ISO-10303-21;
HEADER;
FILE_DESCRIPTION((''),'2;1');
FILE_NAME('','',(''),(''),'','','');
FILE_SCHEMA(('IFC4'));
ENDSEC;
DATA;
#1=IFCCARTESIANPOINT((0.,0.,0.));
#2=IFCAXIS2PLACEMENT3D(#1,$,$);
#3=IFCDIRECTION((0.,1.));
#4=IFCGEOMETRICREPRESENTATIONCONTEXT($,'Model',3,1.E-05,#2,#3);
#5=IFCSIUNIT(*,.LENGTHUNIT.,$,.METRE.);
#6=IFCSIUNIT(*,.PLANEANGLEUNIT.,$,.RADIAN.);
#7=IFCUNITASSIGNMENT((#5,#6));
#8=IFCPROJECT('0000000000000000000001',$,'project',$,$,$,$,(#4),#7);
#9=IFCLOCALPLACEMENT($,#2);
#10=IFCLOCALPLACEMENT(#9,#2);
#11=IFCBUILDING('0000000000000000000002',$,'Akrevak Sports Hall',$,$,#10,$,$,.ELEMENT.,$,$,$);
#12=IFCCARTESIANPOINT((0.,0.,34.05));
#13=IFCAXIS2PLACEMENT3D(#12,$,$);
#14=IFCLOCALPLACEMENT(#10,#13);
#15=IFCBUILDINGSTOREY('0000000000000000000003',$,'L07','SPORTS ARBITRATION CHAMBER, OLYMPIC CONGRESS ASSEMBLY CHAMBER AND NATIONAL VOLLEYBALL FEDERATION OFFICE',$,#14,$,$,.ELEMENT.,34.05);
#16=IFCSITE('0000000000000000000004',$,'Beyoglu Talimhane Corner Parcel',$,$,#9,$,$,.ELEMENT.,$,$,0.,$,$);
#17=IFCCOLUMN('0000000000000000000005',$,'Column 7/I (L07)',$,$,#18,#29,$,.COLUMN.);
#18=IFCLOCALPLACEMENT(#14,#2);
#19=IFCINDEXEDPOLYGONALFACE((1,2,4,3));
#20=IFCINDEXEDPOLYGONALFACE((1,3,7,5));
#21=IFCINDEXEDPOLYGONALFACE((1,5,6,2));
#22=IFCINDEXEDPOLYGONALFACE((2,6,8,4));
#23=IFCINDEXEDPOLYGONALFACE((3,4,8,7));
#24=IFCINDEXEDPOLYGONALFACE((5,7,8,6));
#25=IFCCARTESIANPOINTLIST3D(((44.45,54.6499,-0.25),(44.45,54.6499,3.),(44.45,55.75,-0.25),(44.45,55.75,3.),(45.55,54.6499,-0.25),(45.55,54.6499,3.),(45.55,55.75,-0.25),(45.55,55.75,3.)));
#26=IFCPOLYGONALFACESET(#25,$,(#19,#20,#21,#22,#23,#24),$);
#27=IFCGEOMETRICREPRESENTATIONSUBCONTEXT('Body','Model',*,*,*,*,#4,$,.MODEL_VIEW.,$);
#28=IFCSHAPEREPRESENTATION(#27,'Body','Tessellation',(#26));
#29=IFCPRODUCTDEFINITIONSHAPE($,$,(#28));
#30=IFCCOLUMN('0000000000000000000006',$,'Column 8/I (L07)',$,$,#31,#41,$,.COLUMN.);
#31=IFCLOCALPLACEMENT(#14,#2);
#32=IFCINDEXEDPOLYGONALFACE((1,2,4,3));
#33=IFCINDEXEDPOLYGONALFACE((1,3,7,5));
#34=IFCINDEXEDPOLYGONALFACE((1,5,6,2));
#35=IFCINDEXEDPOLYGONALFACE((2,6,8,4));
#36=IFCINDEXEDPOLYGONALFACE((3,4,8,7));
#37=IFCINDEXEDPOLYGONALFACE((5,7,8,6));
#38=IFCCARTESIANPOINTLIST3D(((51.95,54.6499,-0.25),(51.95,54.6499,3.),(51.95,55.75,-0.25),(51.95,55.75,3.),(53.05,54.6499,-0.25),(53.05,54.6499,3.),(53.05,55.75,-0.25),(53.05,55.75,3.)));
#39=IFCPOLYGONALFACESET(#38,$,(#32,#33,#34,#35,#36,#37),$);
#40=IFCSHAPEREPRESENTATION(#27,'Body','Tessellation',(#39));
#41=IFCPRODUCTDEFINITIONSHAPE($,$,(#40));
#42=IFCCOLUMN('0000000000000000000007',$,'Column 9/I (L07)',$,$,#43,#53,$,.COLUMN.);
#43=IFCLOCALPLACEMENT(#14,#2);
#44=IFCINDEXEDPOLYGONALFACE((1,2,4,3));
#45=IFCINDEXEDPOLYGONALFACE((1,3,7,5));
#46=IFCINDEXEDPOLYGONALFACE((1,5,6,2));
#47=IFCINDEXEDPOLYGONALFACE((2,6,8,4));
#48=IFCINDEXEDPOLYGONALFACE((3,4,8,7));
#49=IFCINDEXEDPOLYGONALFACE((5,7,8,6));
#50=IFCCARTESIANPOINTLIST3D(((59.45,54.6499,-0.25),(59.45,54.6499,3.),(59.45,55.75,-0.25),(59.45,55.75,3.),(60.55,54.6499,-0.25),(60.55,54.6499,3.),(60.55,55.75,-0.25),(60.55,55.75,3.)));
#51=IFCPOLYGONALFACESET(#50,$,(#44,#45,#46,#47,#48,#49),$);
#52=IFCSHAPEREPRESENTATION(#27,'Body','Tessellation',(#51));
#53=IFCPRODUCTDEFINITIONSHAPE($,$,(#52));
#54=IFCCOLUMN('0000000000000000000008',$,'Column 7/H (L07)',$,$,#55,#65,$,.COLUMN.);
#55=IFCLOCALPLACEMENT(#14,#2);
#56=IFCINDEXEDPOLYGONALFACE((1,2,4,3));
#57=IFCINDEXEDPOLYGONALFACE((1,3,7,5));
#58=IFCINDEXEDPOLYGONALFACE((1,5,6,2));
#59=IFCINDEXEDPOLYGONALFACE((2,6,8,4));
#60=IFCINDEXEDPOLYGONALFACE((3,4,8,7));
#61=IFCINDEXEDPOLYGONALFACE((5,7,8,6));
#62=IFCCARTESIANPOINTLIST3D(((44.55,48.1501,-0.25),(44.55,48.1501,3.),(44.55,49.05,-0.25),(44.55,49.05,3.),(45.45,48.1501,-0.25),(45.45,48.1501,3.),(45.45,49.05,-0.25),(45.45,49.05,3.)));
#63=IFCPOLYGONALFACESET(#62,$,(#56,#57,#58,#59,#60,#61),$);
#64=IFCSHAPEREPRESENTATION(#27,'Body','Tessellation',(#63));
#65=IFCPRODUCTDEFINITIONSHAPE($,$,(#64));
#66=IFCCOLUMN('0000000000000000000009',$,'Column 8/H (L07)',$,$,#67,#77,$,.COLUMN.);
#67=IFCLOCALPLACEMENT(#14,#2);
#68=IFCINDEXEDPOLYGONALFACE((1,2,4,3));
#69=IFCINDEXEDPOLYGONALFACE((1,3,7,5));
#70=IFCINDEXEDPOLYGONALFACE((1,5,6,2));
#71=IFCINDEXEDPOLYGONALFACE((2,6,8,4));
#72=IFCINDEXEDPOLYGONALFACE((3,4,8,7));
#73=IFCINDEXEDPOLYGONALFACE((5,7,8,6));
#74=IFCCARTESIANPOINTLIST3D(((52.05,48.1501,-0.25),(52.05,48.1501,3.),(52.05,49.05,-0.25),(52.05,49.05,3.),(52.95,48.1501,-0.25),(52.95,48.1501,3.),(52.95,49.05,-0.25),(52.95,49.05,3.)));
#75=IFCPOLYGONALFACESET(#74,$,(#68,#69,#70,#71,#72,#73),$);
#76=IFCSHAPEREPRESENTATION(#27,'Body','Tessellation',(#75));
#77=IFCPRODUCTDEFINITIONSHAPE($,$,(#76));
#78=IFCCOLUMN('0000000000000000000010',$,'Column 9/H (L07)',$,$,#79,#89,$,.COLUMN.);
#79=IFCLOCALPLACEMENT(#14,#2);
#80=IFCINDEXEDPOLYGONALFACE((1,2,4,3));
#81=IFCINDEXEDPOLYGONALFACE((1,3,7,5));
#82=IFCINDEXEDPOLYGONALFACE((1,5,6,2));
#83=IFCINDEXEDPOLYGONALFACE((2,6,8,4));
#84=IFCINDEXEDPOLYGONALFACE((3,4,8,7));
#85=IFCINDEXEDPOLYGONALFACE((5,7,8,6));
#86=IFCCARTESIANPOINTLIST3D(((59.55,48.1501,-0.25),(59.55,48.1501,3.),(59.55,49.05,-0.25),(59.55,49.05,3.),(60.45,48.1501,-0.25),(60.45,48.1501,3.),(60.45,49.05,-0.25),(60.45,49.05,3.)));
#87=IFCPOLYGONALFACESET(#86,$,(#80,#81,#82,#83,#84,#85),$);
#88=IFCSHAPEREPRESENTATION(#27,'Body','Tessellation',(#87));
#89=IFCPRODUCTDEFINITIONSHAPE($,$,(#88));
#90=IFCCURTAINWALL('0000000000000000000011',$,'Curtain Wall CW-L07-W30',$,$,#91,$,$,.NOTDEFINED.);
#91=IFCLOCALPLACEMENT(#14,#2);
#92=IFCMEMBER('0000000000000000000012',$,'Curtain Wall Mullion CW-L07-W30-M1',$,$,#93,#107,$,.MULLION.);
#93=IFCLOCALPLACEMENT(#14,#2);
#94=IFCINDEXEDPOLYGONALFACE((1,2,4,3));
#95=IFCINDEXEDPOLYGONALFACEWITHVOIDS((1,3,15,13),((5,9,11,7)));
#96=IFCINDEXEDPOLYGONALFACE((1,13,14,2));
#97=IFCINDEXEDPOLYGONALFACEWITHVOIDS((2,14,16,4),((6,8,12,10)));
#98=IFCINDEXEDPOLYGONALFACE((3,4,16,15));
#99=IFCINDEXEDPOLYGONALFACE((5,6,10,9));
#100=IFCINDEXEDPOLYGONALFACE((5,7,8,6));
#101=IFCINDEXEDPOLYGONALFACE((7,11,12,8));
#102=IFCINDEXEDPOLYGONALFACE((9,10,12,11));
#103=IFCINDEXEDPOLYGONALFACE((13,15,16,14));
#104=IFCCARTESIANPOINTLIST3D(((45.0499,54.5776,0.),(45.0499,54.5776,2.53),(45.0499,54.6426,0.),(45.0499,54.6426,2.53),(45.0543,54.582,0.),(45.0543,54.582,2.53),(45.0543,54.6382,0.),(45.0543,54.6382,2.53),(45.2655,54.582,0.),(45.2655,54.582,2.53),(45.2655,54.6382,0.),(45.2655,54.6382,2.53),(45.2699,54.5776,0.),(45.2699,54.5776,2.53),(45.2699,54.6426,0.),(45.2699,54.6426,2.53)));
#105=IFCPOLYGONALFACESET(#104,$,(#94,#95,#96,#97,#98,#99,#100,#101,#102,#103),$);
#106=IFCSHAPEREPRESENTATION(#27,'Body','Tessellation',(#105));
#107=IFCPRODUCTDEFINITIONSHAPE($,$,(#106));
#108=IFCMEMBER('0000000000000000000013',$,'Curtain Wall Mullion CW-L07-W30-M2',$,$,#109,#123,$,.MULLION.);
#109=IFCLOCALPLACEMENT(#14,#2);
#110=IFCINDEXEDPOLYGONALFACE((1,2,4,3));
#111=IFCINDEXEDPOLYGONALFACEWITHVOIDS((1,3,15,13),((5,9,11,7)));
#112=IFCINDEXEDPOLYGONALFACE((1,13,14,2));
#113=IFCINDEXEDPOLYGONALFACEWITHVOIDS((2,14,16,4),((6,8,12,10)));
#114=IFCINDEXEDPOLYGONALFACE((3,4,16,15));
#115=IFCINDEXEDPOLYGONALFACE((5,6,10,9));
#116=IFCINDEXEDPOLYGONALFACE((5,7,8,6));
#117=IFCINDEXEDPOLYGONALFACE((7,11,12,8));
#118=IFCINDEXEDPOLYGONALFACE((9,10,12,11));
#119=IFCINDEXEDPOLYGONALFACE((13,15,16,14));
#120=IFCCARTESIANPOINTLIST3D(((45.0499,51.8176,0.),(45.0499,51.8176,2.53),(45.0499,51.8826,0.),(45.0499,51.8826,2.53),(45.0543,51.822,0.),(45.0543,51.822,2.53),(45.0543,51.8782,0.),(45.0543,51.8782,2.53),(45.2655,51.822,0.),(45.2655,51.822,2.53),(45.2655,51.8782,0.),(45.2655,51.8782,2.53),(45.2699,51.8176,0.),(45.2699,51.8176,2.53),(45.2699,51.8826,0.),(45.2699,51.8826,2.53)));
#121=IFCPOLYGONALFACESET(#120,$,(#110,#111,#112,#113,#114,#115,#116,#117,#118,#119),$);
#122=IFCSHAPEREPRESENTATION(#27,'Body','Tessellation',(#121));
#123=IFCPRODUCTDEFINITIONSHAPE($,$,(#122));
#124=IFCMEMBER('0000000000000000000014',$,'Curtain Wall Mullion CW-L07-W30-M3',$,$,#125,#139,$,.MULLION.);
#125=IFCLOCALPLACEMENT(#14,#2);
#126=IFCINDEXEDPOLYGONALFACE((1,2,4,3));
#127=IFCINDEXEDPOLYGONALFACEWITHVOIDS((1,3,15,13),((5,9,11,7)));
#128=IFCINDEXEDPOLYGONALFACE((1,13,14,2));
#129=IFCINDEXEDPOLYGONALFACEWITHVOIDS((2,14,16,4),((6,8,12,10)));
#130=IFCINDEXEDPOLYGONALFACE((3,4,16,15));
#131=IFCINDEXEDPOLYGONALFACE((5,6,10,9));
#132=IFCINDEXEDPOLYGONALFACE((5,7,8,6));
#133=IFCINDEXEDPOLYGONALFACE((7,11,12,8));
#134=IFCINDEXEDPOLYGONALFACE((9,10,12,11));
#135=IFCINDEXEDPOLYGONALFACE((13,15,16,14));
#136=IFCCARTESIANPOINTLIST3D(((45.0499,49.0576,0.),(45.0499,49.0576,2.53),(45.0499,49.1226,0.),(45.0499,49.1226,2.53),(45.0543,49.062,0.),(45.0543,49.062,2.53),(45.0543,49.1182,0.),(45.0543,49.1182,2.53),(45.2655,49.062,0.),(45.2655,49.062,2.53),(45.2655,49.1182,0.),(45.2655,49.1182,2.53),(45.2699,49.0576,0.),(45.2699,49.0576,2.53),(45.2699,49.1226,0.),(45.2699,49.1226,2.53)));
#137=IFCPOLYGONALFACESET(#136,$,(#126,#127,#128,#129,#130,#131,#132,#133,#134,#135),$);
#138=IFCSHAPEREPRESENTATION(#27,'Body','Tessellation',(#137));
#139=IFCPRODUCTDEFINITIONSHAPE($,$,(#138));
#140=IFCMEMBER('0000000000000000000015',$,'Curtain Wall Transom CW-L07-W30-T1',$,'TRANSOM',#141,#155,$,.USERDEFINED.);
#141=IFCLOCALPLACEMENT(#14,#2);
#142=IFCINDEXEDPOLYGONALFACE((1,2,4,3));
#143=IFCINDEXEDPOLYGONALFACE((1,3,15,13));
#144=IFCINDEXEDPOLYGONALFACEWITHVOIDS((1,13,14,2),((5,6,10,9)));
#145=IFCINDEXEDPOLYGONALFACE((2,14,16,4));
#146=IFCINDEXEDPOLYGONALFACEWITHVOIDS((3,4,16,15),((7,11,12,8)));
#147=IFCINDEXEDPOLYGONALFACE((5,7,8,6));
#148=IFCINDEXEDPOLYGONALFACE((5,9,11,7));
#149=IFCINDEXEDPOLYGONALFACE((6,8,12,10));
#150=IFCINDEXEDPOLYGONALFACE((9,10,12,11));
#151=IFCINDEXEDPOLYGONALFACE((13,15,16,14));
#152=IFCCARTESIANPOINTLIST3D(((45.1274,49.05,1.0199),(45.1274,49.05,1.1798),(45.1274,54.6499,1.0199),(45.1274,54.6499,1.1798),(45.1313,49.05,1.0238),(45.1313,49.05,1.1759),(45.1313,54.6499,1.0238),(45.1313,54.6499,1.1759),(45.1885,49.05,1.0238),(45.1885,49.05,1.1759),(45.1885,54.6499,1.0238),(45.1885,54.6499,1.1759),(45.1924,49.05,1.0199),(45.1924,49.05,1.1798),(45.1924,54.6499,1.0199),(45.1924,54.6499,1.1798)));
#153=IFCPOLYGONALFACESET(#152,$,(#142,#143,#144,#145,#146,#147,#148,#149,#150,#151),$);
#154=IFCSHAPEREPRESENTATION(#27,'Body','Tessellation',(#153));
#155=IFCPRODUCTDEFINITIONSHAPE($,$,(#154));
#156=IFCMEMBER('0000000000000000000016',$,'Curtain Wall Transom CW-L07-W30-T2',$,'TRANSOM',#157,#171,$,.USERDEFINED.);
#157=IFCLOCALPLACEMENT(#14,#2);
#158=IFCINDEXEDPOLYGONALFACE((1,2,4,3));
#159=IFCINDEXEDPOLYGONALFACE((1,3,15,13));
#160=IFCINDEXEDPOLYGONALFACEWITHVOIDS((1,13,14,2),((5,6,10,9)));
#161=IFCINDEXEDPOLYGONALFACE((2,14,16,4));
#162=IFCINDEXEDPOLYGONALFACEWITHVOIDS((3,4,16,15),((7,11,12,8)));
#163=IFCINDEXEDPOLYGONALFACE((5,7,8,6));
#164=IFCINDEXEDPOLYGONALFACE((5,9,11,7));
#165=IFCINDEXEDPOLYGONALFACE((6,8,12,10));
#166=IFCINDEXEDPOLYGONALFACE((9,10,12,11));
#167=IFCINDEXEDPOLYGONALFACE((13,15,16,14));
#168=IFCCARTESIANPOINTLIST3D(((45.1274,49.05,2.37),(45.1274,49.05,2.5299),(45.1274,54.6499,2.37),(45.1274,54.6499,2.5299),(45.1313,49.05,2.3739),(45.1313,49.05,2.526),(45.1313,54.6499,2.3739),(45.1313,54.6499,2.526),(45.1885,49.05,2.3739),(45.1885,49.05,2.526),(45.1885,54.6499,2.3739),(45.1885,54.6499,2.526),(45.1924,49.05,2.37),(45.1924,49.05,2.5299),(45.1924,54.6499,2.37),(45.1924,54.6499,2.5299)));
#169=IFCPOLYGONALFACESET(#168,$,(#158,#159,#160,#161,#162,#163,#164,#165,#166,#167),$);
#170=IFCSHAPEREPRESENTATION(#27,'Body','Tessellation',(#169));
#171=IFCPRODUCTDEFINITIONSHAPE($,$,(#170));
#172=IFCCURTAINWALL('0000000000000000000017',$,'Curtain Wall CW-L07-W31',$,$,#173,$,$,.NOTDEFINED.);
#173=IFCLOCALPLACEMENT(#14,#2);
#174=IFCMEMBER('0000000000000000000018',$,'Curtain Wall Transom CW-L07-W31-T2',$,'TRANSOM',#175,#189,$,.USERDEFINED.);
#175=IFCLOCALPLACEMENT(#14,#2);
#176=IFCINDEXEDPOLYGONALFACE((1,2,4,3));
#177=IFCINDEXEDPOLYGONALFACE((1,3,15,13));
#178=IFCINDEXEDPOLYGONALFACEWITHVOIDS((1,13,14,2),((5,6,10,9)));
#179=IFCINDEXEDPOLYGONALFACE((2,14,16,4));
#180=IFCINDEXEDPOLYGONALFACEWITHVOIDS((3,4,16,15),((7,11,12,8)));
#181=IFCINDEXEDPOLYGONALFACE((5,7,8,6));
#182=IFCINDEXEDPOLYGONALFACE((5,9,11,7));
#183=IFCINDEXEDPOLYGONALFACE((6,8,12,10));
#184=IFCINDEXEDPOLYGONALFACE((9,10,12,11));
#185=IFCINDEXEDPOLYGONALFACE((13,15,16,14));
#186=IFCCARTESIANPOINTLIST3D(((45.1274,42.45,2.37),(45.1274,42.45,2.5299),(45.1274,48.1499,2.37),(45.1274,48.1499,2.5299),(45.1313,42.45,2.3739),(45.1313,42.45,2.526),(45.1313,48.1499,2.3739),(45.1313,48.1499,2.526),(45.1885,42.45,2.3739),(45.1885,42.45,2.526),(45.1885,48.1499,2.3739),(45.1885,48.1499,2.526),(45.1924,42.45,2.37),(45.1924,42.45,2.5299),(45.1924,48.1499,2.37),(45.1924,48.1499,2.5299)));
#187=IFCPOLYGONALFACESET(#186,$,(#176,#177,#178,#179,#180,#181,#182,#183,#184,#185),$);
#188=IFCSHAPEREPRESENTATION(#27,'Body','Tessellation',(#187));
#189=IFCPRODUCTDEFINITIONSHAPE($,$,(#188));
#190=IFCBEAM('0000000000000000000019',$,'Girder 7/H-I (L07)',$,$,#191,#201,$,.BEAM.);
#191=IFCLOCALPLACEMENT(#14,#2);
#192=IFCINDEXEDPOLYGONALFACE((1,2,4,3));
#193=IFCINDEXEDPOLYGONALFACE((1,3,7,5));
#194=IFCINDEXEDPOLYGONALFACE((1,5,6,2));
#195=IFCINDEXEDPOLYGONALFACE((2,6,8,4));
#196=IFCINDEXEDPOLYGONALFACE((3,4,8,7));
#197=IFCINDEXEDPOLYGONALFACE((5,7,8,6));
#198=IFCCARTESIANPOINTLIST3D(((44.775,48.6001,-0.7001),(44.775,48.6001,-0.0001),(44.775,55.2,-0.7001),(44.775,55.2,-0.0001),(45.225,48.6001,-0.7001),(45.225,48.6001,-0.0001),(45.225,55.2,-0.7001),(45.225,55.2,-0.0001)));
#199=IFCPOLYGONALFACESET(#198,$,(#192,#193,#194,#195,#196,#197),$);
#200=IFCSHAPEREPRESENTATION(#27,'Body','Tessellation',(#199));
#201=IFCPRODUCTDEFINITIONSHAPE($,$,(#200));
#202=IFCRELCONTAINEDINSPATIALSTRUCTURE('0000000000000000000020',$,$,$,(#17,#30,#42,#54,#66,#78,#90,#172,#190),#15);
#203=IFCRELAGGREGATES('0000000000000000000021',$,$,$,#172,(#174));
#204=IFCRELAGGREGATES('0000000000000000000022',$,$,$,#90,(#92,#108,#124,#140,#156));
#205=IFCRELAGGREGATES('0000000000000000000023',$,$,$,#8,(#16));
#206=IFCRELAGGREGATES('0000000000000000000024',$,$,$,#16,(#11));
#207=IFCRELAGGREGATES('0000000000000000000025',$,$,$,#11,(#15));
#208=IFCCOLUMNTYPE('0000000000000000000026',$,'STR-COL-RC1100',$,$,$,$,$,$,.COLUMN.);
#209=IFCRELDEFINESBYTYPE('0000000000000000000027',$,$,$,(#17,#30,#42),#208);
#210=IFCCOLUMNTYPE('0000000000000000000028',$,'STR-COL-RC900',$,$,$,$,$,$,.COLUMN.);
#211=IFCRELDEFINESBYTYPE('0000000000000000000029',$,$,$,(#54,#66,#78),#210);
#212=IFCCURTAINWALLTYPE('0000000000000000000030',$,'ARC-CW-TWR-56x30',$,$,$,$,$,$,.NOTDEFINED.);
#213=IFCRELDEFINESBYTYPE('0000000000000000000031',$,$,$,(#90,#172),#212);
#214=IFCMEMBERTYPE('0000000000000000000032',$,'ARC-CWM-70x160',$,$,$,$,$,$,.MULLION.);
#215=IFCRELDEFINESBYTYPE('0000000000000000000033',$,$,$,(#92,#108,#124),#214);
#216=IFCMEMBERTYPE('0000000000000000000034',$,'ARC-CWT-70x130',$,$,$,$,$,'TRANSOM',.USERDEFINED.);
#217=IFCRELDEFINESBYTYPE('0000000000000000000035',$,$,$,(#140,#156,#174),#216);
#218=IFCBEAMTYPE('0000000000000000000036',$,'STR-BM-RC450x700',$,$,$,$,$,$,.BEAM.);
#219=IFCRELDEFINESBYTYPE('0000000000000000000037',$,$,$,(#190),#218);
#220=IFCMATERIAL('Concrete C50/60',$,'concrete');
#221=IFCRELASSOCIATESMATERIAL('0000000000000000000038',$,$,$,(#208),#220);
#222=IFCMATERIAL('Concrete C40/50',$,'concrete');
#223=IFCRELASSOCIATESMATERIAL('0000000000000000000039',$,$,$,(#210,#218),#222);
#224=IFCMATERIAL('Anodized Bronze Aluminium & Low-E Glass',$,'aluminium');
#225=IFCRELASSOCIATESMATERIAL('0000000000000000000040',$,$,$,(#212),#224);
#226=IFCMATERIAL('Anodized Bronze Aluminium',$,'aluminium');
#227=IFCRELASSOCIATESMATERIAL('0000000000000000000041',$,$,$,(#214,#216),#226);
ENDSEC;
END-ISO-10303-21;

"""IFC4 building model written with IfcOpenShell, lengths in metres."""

from ifc_helpers import new_model, si_unit, direction, frame, origin, origin_2d, place, context, subcontext, project, spatial, rectangle, hollow_rectangle, extrude, material, material_profile, profile_set, type_object, element, aggregate, save


model = new_model("IFC4")

# Units and contexts
model_context = context("Model", 3, precision=1e-05, world=origin(), true_north=direction((0.0, 1.0)))
body_context = subcontext(model_context, "Body", "Model", "MODEL_VIEW")
ifc_project = project(units=[si_unit("LENGTHUNIT", "METRE"), si_unit("PLANEANGLEUNIT", "RADIAN")], contexts=[model_context])

# Site, building, storey
site_placement = place(None, origin())
site = spatial("IfcSite", under=ifc_project, at=site_placement, Name="Beyoglu Talimhane Corner Parcel", CompositionType="ELEMENT", RefElevation=0.0)
building_placement = place(site_placement, origin())
building = spatial("IfcBuilding", under=site, at=building_placement, Name="Akrevak Sports Hall", CompositionType="ELEMENT")
storey_placement = place(building_placement, frame((0.0, 0.0, 34.05)))
storey = spatial("IfcBuildingStorey", under=building, at=storey_placement, Name="L07", Description="SPORTS ARBITRATION CHAMBER, OLYMPIC CONGRESS ASSEMBLY CHAMBER AND NATIONAL VOLLEYBALL FEDERATION OFFICE", CompositionType="ELEMENT", Elevation=34.05)

# Columns
ifc_material_1 = material(Name="Concrete C50/60", Category="concrete")
ifc_material_profile_1 = material_profile(ifc_material_1, rectangle(XDim=1.1001, YDim=1.1001, at=origin_2d()), Name="RC 1100x1100", Category="concrete")
ifc_profile_set_1 = profile_set([ifc_material_profile_1], Name="Concrete C50/60")
column_type_1 = type_object("IfcColumnType", Name="STR-COL-RC1100", PredefinedType="COLUMN", material=ifc_profile_set_1)
for number, where, z_axis, x_axis, name in (
    (1, (45.0, 55.2, -0.25), (0.0, 0.0, 1.0), (1.0, 0.0, 0.0), "Column 7/I (L07)"),
    (2, (52.5, 55.2, -0.25), (0.0, 0.0, 1.0), (1.0, 0.0, 0.0), "Column 8/I (L07)"),
    (3, (60.0, 55.2, -0.25), (0.0, 0.0, 1.0), (1.0, 0.0, 0.0), "Column 9/I (L07)"),
):
    element("IfcColumn", number, at=place(storey_placement, frame(where, z_axis=z_axis, x_axis=x_axis)), inside=storey, type_object=column_type_1, Name=name, PredefinedType="COLUMN", context=body_context, shape_type="SweptSolid", body=[
        extrude(rectangle(XDim=1.1001, YDim=1.1001, at=origin_2d()), origin(), (0.0, 0.0, 1.0), 3.25),
    ])
ifc_material_2 = material(Name="Concrete C40/50", Category="concrete")
ifc_material_profile_2 = material_profile(ifc_material_2, rectangle(XDim=0.8999, YDim=0.8999, at=origin_2d()), Name="RC 900x900", Category="concrete")
ifc_profile_set_2 = profile_set([ifc_material_profile_2], Name="Concrete C40/50")
column_type_2 = type_object("IfcColumnType", Name="STR-COL-RC900", PredefinedType="COLUMN", material=ifc_profile_set_2)
for number, where, z_axis, x_axis, name in (
    (4, (45.0, 48.6001, -0.25), (0.0, 0.0, 1.0), (1.0, 0.0, 0.0), "Column 7/H (L07)"),
    (5, (52.5, 48.6001, -0.25), (0.0, 0.0, 1.0), (1.0, 0.0, 0.0), "Column 8/H (L07)"),
    (6, (60.0, 48.6001, -0.25), (0.0, 0.0, 1.0), (1.0, 0.0, 0.0), "Column 9/H (L07)"),
):
    element("IfcColumn", number, at=place(storey_placement, frame(where, z_axis=z_axis, x_axis=x_axis)), inside=storey, type_object=column_type_2, Name=name, PredefinedType="COLUMN", context=body_context, shape_type="SweptSolid", body=[
        extrude(rectangle(XDim=0.8999, YDim=0.8999, at=origin_2d()), origin(), (0.0, 0.0, 1.0), 3.25),
    ])

# Curtain wall, members
ifc_material_3 = material(Name="Anodized Bronze Aluminium & Low-E Glass", Category="aluminium")
curtain_wall_type = type_object("IfcCurtainWallType", Name="ARC-CW-TWR-56x30", PredefinedType="NOTDEFINED", material=ifc_material_3)
curtain_wall_1_placement = place(storey_placement, origin())
curtain_wall_1 = element("IfcCurtainWall", 7, at=curtain_wall_1_placement, inside=storey, type_object=curtain_wall_type, Name="Curtain Wall CW-L07-W30", PredefinedType="NOTDEFINED")
ifc_material_4 = material(Name="Anodized Bronze Aluminium", Category="aluminium")
ifc_material_profile_3 = material_profile(ifc_material_4, hollow_rectangle(XDim=0.0649, YDim=0.22, WallThickness=0.0044, at=origin_2d()), Name="CWM 65x220", Category="aluminium")
ifc_profile_set_3 = profile_set([ifc_material_profile_3], Name="Anodized Bronze Aluminium")
member_type_1 = type_object("IfcMemberType", Name="ARC-CWM-70x160", PredefinedType="MULLION", material=ifc_profile_set_3)
member_1_placement = place(storey_placement, frame((45.1599, 54.6101, 0.0), z_axis=(0.0, 0.0, 1.0), x_axis=(0.0, -1.0, 0.0)))
member_1 = element("IfcMember", 8, at=member_1_placement, type_object=member_type_1, Name="Curtain Wall Mullion CW-L07-W30-M1", PredefinedType="MULLION", context=body_context, shape_type="SweptSolid", body=[
    extrude(hollow_rectangle(XDim=0.0649, YDim=0.22, WallThickness=0.0044, at=origin_2d()), origin(), (0.0, 0.0, 1.0), 2.53),
])
member_2_placement = place(storey_placement, frame((45.1599, 51.8501, 0.0), z_axis=(0.0, 0.0, 1.0), x_axis=(0.0, -1.0, 0.0)))
member_2 = element("IfcMember", 9, at=member_2_placement, type_object=member_type_1, Name="Curtain Wall Mullion CW-L07-W30-M2", PredefinedType="MULLION", context=body_context, shape_type="SweptSolid", body=[
    extrude(hollow_rectangle(XDim=0.0649, YDim=0.22, WallThickness=0.0044, at=origin_2d()), origin(), (0.0, 0.0, 1.0), 2.53),
])
member_3_placement = place(storey_placement, frame((45.1599, 49.0901, 0.0), z_axis=(0.0, 0.0, 1.0), x_axis=(0.0, -1.0, 0.0)))
member_3 = element("IfcMember", 10, at=member_3_placement, type_object=member_type_1, Name="Curtain Wall Mullion CW-L07-W30-M3", PredefinedType="MULLION", context=body_context, shape_type="SweptSolid", body=[
    extrude(hollow_rectangle(XDim=0.0649, YDim=0.22, WallThickness=0.0044, at=origin_2d()), origin(), (0.0, 0.0, 1.0), 2.53),
])
ifc_material_profile_4 = material_profile(ifc_material_4, hollow_rectangle(XDim=0.0649, YDim=0.1599, WallThickness=0.0039, at=origin_2d()), Name="CWT 65x160", Category="aluminium")
ifc_profile_set_4 = profile_set([ifc_material_profile_4], Name="Anodized Bronze Aluminium")
member_type_2 = type_object("IfcMemberType", Name="ARC-CWT-70x130", ElementType="TRANSOM", PredefinedType="USERDEFINED", material=ifc_profile_set_4)
member_4_placement = place(storey_placement, frame((45.1599, 54.6499, 1.0999), z_axis=(0.0, -1.0, 0.0), x_axis=(1.0, 0.0, 0.0)))
member_4 = element("IfcMember", 11, at=member_4_placement, type_object=member_type_2, Name="Curtain Wall Transom CW-L07-W30-T1", ObjectType="TRANSOM", PredefinedType="USERDEFINED", context=body_context, shape_type="SweptSolid", body=[
    extrude(hollow_rectangle(XDim=0.0649, YDim=0.1599, WallThickness=0.0039, at=origin_2d()), origin(), (0.0, 0.0, 1.0), 5.5999),
])
member_5_placement = place(storey_placement, frame((45.1599, 54.6499, 2.45), z_axis=(0.0, -1.0, 0.0), x_axis=(1.0, 0.0, 0.0)))
member_5 = element("IfcMember", 12, at=member_5_placement, type_object=member_type_2, Name="Curtain Wall Transom CW-L07-W30-T2", ObjectType="TRANSOM", PredefinedType="USERDEFINED", context=body_context, shape_type="SweptSolid", body=[
    extrude(hollow_rectangle(XDim=0.0649, YDim=0.1599, WallThickness=0.0039, at=origin_2d()), origin(), (0.0, 0.0, 1.0), 5.5999),
])

# Curtain wall, member
curtain_wall_2_placement = place(storey_placement, origin())
curtain_wall_2 = element("IfcCurtainWall", 13, at=curtain_wall_2_placement, inside=storey, type_object=curtain_wall_type, Name="Curtain Wall CW-L07-W31", PredefinedType="NOTDEFINED")
member_6_placement = place(storey_placement, frame((45.1599, 48.1499, 2.45), z_axis=(0.0, -1.0, 0.0), x_axis=(1.0, 0.0, 0.0)))
member_6 = element("IfcMember", 14, at=member_6_placement, type_object=member_type_2, Name="Curtain Wall Transom CW-L07-W31-T2", ObjectType="TRANSOM", PredefinedType="USERDEFINED", context=body_context, shape_type="SweptSolid", body=[
    extrude(hollow_rectangle(XDim=0.0649, YDim=0.1599, WallThickness=0.0039, at=origin_2d()), origin(), (0.0, 0.0, 1.0), 5.7),
])
aggregate(curtain_wall_2, [member_6])

# Beam
ifc_material_profile_5 = material_profile(ifc_material_2, rectangle(XDim=0.45, YDim=0.7, at=origin_2d()), Name="BM 450x700", Category="concrete")
ifc_profile_set_5 = profile_set([ifc_material_profile_5], Name="Concrete C40/50")
beam_type_1 = type_object("IfcBeamType", Name="STR-BM-RC450x700", PredefinedType="BEAM", material=ifc_profile_set_5)
beam_1_placement = place(storey_placement, frame((45.0, 48.6001, -0.3501), z_axis=(0.0, 1.0, 0.0), x_axis=(-1.0, 0.0, 0.0)))
element("IfcBeam", 15, at=beam_1_placement, inside=storey, type_object=beam_type_1, Name="Girder 7/H-I (L07)", PredefinedType="BEAM", context=body_context, shape_type="SweptSolid", body=[
    extrude(rectangle(XDim=0.45, YDim=0.7, at=origin_2d()), origin(), (0.0, 0.0, 1.0), 6.5999),
])

aggregate(curtain_wall_1, [member_1, member_2, member_3, member_4, member_5])

save(model, "model.ifc")
